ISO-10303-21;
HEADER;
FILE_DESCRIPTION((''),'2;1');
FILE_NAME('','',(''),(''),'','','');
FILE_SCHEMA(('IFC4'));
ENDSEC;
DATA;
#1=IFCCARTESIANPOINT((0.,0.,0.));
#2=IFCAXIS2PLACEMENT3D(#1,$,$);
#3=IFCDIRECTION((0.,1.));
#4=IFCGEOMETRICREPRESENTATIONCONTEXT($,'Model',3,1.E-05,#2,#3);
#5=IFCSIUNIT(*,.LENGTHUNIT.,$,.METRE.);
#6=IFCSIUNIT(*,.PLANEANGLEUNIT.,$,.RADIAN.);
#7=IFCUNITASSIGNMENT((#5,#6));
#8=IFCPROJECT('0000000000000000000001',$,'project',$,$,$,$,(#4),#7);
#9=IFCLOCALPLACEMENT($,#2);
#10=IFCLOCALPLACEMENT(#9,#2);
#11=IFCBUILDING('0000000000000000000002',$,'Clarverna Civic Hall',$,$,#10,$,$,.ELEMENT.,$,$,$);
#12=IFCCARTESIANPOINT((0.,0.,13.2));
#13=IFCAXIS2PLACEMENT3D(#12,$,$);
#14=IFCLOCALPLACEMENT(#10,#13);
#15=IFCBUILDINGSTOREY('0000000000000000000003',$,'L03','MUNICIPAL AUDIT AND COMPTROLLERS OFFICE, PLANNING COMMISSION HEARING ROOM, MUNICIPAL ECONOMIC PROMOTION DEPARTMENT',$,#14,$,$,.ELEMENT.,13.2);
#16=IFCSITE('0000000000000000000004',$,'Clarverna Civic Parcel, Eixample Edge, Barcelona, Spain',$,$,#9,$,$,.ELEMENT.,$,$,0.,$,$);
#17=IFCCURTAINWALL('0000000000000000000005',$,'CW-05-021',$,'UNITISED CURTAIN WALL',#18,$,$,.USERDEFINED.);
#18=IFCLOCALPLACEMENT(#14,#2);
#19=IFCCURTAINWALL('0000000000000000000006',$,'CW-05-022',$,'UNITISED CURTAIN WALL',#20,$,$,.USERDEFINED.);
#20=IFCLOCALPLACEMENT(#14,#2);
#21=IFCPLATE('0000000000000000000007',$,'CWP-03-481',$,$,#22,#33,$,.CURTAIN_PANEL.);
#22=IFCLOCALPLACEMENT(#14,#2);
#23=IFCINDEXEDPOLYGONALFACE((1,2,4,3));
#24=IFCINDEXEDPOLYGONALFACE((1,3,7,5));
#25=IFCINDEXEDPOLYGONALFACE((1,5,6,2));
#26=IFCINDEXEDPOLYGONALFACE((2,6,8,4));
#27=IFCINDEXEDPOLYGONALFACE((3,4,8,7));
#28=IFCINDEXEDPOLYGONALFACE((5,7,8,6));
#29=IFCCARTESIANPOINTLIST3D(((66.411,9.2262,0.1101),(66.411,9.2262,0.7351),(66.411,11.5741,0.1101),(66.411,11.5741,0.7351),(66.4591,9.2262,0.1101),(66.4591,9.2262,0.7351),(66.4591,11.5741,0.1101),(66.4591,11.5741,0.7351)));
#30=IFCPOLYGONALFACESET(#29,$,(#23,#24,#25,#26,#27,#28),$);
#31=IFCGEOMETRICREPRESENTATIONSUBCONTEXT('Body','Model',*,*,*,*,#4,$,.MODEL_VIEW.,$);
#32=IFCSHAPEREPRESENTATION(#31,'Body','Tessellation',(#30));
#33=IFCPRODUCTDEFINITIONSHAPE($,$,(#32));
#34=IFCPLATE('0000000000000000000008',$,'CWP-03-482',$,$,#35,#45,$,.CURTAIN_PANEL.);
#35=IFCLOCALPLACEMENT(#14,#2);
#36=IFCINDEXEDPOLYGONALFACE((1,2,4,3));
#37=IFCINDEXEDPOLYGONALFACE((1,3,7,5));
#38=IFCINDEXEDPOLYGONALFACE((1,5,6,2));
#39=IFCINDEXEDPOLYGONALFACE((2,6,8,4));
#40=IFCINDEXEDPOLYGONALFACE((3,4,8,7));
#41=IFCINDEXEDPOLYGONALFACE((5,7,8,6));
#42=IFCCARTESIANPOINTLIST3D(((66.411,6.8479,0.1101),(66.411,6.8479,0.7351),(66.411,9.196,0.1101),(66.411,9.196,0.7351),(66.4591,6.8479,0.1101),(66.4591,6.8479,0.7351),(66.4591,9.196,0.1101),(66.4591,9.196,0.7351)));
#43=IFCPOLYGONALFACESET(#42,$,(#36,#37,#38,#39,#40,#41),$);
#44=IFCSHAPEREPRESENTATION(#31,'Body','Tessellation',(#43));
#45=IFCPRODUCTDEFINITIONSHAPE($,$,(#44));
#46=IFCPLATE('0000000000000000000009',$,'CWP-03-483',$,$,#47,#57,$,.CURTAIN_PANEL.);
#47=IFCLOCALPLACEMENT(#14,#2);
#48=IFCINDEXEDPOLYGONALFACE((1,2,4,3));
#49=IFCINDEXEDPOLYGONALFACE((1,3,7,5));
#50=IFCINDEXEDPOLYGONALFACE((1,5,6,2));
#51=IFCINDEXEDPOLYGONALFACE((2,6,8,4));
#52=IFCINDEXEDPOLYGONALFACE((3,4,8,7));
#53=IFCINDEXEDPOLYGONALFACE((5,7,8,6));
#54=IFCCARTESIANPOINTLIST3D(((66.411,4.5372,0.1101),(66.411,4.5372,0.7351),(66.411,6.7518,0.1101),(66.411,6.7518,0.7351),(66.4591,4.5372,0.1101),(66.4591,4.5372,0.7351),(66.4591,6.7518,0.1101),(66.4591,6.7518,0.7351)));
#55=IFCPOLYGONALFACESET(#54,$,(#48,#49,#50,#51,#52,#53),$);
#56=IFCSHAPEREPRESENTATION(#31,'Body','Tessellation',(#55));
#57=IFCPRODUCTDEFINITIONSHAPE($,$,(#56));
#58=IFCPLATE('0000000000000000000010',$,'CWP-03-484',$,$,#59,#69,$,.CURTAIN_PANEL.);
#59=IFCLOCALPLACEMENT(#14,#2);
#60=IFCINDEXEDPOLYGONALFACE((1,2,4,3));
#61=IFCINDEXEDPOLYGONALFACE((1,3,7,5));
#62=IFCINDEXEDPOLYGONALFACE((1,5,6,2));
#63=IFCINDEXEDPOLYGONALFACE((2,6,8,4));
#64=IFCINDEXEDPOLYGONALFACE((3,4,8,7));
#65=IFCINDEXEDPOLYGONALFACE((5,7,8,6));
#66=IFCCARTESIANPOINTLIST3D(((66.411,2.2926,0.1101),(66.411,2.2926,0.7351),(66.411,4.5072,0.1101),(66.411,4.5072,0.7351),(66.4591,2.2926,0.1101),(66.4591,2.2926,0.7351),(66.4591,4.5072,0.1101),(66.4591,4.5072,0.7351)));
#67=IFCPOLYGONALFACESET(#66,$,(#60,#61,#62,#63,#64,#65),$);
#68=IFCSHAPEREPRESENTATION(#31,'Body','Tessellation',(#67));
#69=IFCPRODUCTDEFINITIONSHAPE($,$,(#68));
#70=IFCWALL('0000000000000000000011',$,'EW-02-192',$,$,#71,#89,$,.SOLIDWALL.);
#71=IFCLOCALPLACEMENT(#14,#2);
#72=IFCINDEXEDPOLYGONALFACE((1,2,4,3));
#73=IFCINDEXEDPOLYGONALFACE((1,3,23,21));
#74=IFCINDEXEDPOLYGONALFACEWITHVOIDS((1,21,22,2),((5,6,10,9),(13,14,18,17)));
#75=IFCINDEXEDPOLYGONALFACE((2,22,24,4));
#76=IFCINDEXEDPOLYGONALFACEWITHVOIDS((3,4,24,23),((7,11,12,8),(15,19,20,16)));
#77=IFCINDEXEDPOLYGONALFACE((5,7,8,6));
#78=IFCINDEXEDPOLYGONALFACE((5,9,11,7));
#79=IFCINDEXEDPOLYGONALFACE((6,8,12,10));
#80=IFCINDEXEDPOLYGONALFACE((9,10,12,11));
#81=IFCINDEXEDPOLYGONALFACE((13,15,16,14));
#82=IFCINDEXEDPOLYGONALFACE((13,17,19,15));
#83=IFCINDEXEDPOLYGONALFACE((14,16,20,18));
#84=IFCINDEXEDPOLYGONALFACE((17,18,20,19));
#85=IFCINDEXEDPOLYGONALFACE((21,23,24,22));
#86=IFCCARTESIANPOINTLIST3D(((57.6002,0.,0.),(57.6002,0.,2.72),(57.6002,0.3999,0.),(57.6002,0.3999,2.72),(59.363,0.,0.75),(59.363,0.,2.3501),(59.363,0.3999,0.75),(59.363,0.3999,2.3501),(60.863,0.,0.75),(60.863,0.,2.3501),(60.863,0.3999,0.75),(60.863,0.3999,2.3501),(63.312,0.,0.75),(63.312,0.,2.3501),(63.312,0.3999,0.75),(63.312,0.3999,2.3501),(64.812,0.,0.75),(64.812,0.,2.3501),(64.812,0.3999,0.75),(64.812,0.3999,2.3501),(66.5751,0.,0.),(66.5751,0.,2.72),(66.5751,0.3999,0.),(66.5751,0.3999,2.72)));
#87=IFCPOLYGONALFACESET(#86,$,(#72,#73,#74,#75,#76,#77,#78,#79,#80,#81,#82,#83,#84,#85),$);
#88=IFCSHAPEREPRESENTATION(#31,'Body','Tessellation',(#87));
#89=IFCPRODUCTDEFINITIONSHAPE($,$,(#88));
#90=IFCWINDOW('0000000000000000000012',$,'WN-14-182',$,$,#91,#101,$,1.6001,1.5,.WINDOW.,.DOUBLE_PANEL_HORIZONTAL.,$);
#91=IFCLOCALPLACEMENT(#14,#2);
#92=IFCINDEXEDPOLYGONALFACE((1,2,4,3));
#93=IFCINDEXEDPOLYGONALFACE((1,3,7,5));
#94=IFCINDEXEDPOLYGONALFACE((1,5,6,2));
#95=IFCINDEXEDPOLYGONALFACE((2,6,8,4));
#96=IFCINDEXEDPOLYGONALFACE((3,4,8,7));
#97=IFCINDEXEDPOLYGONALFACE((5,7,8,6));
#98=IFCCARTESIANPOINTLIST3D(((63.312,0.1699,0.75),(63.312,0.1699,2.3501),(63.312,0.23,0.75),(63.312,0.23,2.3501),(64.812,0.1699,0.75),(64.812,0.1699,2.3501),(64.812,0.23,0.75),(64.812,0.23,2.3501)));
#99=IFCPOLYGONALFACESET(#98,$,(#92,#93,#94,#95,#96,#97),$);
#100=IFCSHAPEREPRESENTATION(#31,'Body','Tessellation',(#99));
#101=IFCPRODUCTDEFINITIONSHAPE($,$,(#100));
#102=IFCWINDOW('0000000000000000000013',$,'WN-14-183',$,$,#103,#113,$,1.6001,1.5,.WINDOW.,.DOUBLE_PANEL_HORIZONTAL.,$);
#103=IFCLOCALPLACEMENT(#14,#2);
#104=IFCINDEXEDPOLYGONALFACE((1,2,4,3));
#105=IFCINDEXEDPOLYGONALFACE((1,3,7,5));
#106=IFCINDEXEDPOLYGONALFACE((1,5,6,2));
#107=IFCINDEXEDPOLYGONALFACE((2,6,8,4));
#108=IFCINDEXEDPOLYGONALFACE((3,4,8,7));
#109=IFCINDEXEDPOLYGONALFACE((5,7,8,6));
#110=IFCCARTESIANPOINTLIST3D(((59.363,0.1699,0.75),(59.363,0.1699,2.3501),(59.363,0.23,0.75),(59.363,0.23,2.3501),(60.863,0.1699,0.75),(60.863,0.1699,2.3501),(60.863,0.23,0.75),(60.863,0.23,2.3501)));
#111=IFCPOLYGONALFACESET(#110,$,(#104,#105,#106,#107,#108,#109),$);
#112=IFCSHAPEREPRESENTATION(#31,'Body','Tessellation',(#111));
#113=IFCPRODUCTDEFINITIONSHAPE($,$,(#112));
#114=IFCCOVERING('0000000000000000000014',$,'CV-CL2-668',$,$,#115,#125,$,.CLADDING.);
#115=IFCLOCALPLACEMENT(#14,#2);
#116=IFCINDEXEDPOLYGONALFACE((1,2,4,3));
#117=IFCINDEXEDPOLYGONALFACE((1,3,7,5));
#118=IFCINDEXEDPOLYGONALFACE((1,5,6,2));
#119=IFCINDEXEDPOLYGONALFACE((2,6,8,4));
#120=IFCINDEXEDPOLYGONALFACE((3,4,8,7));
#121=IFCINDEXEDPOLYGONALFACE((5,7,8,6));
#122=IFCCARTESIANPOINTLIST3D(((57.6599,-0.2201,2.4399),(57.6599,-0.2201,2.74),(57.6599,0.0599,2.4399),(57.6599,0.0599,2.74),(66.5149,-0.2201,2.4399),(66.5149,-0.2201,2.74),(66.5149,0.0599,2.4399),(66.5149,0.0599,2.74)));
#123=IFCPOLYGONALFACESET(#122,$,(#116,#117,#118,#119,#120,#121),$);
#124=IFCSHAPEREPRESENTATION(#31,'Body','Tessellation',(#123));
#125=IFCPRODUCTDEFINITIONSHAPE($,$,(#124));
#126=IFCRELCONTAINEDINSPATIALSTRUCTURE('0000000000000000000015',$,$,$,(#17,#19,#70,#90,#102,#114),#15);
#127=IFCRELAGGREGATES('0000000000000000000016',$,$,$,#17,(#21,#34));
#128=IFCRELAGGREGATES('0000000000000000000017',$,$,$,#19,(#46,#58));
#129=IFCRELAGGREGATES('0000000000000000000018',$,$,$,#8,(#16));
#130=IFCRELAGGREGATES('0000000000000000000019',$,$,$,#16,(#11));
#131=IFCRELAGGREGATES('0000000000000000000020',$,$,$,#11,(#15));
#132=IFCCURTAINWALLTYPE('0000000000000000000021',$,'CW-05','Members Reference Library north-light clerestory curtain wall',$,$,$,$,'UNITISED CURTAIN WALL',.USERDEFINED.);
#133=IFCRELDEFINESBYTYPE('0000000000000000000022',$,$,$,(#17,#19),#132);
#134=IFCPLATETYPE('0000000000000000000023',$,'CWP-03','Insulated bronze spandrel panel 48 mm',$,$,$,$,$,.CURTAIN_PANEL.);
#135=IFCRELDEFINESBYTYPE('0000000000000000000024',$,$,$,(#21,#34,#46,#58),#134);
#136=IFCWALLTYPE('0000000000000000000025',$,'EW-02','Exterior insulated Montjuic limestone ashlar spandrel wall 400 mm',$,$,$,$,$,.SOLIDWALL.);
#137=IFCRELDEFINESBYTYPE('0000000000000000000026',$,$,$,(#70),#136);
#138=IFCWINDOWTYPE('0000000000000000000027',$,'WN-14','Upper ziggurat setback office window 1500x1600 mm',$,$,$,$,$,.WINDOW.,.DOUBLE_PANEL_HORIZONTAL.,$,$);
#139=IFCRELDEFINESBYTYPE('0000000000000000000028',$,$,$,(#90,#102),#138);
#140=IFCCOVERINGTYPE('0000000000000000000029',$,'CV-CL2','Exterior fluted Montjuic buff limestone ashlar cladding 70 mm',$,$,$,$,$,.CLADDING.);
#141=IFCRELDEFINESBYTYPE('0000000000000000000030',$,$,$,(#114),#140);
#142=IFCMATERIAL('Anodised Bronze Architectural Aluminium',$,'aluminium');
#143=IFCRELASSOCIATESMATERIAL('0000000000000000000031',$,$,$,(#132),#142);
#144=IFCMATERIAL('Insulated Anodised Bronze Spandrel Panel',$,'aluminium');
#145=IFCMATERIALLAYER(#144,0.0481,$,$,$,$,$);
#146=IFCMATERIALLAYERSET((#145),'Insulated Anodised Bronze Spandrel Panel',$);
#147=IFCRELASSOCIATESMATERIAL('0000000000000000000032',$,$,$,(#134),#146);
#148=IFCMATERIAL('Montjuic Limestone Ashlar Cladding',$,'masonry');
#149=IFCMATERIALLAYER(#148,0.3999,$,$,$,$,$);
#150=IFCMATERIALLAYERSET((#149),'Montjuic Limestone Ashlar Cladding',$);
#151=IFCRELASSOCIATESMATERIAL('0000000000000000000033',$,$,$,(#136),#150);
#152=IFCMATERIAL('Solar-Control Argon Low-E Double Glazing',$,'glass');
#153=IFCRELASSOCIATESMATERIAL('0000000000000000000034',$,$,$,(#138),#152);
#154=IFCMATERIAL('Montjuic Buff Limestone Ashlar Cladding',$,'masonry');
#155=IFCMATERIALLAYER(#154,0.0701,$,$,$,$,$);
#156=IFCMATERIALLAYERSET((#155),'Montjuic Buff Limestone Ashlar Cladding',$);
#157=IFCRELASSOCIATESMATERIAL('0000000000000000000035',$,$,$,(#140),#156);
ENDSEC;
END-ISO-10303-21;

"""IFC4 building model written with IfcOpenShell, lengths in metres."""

from ifc_helpers import new_model, si_unit, direction, frame, frame_2d, origin, place, context, subcontext, project, spatial, rectangle, extrude, material, layer, layer_set, type_object, element, fill, aggregate, save


model = new_model("IFC4")

# Units and contexts
model_context = context("Model", 3, precision=1e-05, world=origin(), true_north=direction((0.0, 1.0)))
body_context = subcontext(model_context, "Body", "Model", "MODEL_VIEW")
ifc_project = project(units=[si_unit("LENGTHUNIT", "METRE"), si_unit("PLANEANGLEUNIT", "RADIAN")], contexts=[model_context])

# Site, building, storey
site_placement = place(None, origin())
site = spatial("IfcSite", under=ifc_project, at=site_placement, Name="Clarverna Civic Parcel, Eixample Edge, Barcelona, Spain", CompositionType="ELEMENT", RefElevation=0.0)
building_placement = place(site_placement, origin())
building = spatial("IfcBuilding", under=site, at=building_placement, Name="Clarverna Civic Hall", CompositionType="ELEMENT")
storey_placement = place(building_placement, frame((0.0, 0.0, 13.2)))
storey = spatial("IfcBuildingStorey", under=building, at=storey_placement, Name="L03", Description="MUNICIPAL AUDIT AND COMPTROLLERS OFFICE, PLANNING COMMISSION HEARING ROOM, MUNICIPAL ECONOMIC PROMOTION DEPARTMENT", CompositionType="ELEMENT", Elevation=13.2)

# Curtain walls
ifc_material_1 = material(Name="Anodised Bronze Architectural Aluminium", Category="aluminium")
curtain_wall_type = type_object("IfcCurtainWallType", Name="CW-05", Description="Members Reference Library north-light clerestory curtain wall", ElementType="UNITISED CURTAIN WALL", PredefinedType="USERDEFINED", material=ifc_material_1)
curtain_wall_1_placement = place(storey_placement, origin())
curtain_wall_1 = element("IfcCurtainWall", 1, at=curtain_wall_1_placement, inside=storey, type_object=curtain_wall_type, Name="CW-05-021", ObjectType="UNITISED CURTAIN WALL", PredefinedType="USERDEFINED")
curtain_wall_2_placement = place(storey_placement, origin())
curtain_wall_2 = element("IfcCurtainWall", 2, at=curtain_wall_2_placement, inside=storey, type_object=curtain_wall_type, Name="CW-05-022", ObjectType="UNITISED CURTAIN WALL", PredefinedType="USERDEFINED")

# Plates
ifc_material_2 = material(Name="Solar-Control Argon Low-E Double Glazing", Category="glass")
ifc_material_3 = material(Name="Insulated Anodised Bronze Spandrel Panel", Category="aluminium")
ifc_layer_1 = layer(ifc_material_3, 0.0481)
ifc_layer_set_1 = layer_set([ifc_layer_1], Name="Insulated Anodised Bronze Spandrel Panel")
plate_type_1 = type_object("IfcPlateType", Name="CWP-03", Description="Insulated bronze spandrel panel 48 mm", PredefinedType="CURTAIN_PANEL", material=ifc_layer_set_1)
plate_1_placement = place(storey_placement, frame((66.4351, 11.574, 0.1101), z_axis=(0.0, 0.0, 1.0), x_axis=(0.0, -1.0, 0.0)))
plate_1 = element("IfcPlate", 3, at=plate_1_placement, type_object=plate_type_1, Name="CWP-03-481", PredefinedType="CURTAIN_PANEL", context=body_context, shape_type="SweptSolid", body=[
    extrude(rectangle(XDim=2.3479, YDim=0.0481, at=frame_2d((1.1738, 0.0))), origin(), (0.0, 0.0, 1.0), 0.625),
])
plate_2_placement = place(storey_placement, frame((66.4351, 9.196, 0.1101), z_axis=(0.0, 0.0, 1.0), x_axis=(0.0, -1.0, 0.0)))
plate_2 = element("IfcPlate", 4, at=plate_2_placement, type_object=plate_type_1, Name="CWP-03-482", PredefinedType="CURTAIN_PANEL", context=body_context, shape_type="SweptSolid", body=[
    extrude(rectangle(XDim=2.3481, YDim=0.0481, at=frame_2d((1.1741, 0.0))), origin(), (0.0, 0.0, 1.0), 0.625),
])
aggregate(curtain_wall_1, [plate_1, plate_2])
plate_3_placement = place(storey_placement, frame((66.4351, 6.752, 0.1101), z_axis=(0.0, 0.0, 1.0), x_axis=(0.0, -1.0, 0.0)))
plate_3 = element("IfcPlate", 5, at=plate_3_placement, type_object=plate_type_1, Name="CWP-03-483", PredefinedType="CURTAIN_PANEL", context=body_context, shape_type="SweptSolid", body=[
    extrude(rectangle(XDim=2.2146, YDim=0.0481, at=frame_2d((1.1074, 0.0))), origin(), (0.0, 0.0, 1.0), 0.625),
])
plate_4_placement = place(storey_placement, frame((66.4351, 4.5073, 0.1101), z_axis=(0.0, 0.0, 1.0), x_axis=(0.0, -1.0, 0.0)))
plate_4 = element("IfcPlate", 6, at=plate_4_placement, type_object=plate_type_1, Name="CWP-03-484", PredefinedType="CURTAIN_PANEL", context=body_context, shape_type="SweptSolid", body=[
    extrude(rectangle(XDim=2.2146, YDim=0.0481, at=frame_2d((1.1074, 0.0))), origin(), (0.0, 0.0, 1.0), 0.625),
])
aggregate(curtain_wall_2, [plate_3, plate_4])

# Wall, openings, windows
ifc_material_4 = material(Name="Montjuic Limestone Ashlar Cladding", Category="masonry")
ifc_layer_2 = layer(ifc_material_4, 0.3999)
ifc_layer_set_2 = layer_set([ifc_layer_2], Name="Montjuic Limestone Ashlar Cladding")
wall_type = type_object("IfcWallType", Name="EW-02", Description="Exterior insulated Montjuic limestone ashlar spandrel wall 400 mm", PredefinedType="SOLIDWALL", material=ifc_layer_set_2)
wall_placement = place(storey_placement, frame((66.575, 0.2, 0.0), z_axis=(0.0, 0.0, 1.0), x_axis=(-1.0, 0.0, 0.0)))
wall = element("IfcWall", 7, at=wall_placement, inside=storey, type_object=wall_type, Name="EW-02-192", PredefinedType="SOLIDWALL", context=body_context, shape_type="SweptSolid", body=[
    extrude(rectangle(XDim=8.9749, YDim=0.3999, at=frame_2d((4.4873, 0.0))), origin(), (0.0, 0.0, 1.0), 2.72),
])
opening_1_placement = place(wall_placement, frame((1.7629, 0.0, 0.75)))
opening_1 = element("IfcOpeningElement", 8, at=opening_1_placement, cuts=wall, PredefinedType="OPENING", context=body_context, shape_type="SweptSolid", body=[
    extrude(rectangle(XDim=1.5, YDim=1.6001, at=frame_2d((0.75, 0.8))), frame((0.0, 0.21, 0.0), z_axis=(0.0, -1.0, 0.0), x_axis=(1.0, 0.0, 0.0)), (0.0, 0.0, 1.0), 0.4199),
])
opening_2_placement = place(wall_placement, frame((5.7119, 0.0, 0.75)))
opening_2 = element("IfcOpeningElement", 9, at=opening_2_placement, cuts=wall, PredefinedType="OPENING", context=body_context, shape_type="SweptSolid", body=[
    extrude(rectangle(XDim=1.5, YDim=1.6001, at=frame_2d((0.75, 0.8))), frame((0.0, 0.21, 0.0), z_axis=(0.0, -1.0, 0.0), x_axis=(1.0, 0.0, 0.0)), (0.0, 0.0, 1.0), 0.4199),
])
window_type = type_object("IfcWindowType", Name="WN-14", Description="Upper ziggurat setback office window 1500x1600 mm", PartitioningType="DOUBLE_PANEL_HORIZONTAL", PredefinedType="WINDOW", material=ifc_material_2)
window_1_placement = place(opening_1_placement, origin())
window_1 = element("IfcWindow", 10, at=window_1_placement, inside=storey, type_object=window_type, Name="WN-14-182", OverallHeight=1.6001, OverallWidth=1.5, PartitioningType="DOUBLE_PANEL_HORIZONTAL", PredefinedType="WINDOW", context=body_context, shape_type="SweptSolid", body=[
    extrude(rectangle(XDim=1.5, YDim=1.6001, at=frame_2d((0.75, 0.8))), frame((0.0, 0.03, 0.0), z_axis=(0.0, -1.0, 0.0), x_axis=(1.0, 0.0, 0.0)), (0.0, 0.0, 1.0), 0.0601),
])
fill(opening_1, window_1)
window_2_placement = place(opening_2_placement, origin())
window_2 = element("IfcWindow", 11, at=window_2_placement, inside=storey, type_object=window_type, Name="WN-14-183", OverallHeight=1.6001, OverallWidth=1.5, PartitioningType="DOUBLE_PANEL_HORIZONTAL", PredefinedType="WINDOW", context=body_context, shape_type="SweptSolid", body=[
    extrude(rectangle(XDim=1.5, YDim=1.6001, at=frame_2d((0.75, 0.8))), frame((0.0, 0.03, 0.0), z_axis=(0.0, -1.0, 0.0), x_axis=(1.0, 0.0, 0.0)), (0.0, 0.0, 1.0), 0.0601),
])
fill(opening_2, window_2)

# Covering
ifc_material_5 = material(Name="Montjuic Buff Limestone Ashlar Cladding", Category="masonry")
ifc_layer_3 = layer(ifc_material_5, 0.0701)
ifc_layer_set_3 = layer_set([ifc_layer_3], Name="Montjuic Buff Limestone Ashlar Cladding")
covering_type = type_object("IfcCoveringType", Name="CV-CL2", Description="Exterior fluted Montjuic buff limestone ashlar cladding 70 mm", PredefinedType="CLADDING", material=ifc_layer_set_3)
covering_placement = place(storey_placement, frame((66.5149, -0.0801, 2.4399), z_axis=(0.0, 0.0, 1.0), x_axis=(-1.0, 0.0, 0.0)))
element("IfcCovering", 12, at=covering_placement, inside=storey, type_object=covering_type, Name="CV-CL2-668", PredefinedType="CLADDING", context=body_context, shape_type="SweptSolid", body=[
    extrude(rectangle(XDim=8.855, YDim=0.28, at=frame_2d((4.4275, 0.0))), origin(), (0.0, 0.0, 1.0), 0.3),
])

save(model, "model.ifc")
